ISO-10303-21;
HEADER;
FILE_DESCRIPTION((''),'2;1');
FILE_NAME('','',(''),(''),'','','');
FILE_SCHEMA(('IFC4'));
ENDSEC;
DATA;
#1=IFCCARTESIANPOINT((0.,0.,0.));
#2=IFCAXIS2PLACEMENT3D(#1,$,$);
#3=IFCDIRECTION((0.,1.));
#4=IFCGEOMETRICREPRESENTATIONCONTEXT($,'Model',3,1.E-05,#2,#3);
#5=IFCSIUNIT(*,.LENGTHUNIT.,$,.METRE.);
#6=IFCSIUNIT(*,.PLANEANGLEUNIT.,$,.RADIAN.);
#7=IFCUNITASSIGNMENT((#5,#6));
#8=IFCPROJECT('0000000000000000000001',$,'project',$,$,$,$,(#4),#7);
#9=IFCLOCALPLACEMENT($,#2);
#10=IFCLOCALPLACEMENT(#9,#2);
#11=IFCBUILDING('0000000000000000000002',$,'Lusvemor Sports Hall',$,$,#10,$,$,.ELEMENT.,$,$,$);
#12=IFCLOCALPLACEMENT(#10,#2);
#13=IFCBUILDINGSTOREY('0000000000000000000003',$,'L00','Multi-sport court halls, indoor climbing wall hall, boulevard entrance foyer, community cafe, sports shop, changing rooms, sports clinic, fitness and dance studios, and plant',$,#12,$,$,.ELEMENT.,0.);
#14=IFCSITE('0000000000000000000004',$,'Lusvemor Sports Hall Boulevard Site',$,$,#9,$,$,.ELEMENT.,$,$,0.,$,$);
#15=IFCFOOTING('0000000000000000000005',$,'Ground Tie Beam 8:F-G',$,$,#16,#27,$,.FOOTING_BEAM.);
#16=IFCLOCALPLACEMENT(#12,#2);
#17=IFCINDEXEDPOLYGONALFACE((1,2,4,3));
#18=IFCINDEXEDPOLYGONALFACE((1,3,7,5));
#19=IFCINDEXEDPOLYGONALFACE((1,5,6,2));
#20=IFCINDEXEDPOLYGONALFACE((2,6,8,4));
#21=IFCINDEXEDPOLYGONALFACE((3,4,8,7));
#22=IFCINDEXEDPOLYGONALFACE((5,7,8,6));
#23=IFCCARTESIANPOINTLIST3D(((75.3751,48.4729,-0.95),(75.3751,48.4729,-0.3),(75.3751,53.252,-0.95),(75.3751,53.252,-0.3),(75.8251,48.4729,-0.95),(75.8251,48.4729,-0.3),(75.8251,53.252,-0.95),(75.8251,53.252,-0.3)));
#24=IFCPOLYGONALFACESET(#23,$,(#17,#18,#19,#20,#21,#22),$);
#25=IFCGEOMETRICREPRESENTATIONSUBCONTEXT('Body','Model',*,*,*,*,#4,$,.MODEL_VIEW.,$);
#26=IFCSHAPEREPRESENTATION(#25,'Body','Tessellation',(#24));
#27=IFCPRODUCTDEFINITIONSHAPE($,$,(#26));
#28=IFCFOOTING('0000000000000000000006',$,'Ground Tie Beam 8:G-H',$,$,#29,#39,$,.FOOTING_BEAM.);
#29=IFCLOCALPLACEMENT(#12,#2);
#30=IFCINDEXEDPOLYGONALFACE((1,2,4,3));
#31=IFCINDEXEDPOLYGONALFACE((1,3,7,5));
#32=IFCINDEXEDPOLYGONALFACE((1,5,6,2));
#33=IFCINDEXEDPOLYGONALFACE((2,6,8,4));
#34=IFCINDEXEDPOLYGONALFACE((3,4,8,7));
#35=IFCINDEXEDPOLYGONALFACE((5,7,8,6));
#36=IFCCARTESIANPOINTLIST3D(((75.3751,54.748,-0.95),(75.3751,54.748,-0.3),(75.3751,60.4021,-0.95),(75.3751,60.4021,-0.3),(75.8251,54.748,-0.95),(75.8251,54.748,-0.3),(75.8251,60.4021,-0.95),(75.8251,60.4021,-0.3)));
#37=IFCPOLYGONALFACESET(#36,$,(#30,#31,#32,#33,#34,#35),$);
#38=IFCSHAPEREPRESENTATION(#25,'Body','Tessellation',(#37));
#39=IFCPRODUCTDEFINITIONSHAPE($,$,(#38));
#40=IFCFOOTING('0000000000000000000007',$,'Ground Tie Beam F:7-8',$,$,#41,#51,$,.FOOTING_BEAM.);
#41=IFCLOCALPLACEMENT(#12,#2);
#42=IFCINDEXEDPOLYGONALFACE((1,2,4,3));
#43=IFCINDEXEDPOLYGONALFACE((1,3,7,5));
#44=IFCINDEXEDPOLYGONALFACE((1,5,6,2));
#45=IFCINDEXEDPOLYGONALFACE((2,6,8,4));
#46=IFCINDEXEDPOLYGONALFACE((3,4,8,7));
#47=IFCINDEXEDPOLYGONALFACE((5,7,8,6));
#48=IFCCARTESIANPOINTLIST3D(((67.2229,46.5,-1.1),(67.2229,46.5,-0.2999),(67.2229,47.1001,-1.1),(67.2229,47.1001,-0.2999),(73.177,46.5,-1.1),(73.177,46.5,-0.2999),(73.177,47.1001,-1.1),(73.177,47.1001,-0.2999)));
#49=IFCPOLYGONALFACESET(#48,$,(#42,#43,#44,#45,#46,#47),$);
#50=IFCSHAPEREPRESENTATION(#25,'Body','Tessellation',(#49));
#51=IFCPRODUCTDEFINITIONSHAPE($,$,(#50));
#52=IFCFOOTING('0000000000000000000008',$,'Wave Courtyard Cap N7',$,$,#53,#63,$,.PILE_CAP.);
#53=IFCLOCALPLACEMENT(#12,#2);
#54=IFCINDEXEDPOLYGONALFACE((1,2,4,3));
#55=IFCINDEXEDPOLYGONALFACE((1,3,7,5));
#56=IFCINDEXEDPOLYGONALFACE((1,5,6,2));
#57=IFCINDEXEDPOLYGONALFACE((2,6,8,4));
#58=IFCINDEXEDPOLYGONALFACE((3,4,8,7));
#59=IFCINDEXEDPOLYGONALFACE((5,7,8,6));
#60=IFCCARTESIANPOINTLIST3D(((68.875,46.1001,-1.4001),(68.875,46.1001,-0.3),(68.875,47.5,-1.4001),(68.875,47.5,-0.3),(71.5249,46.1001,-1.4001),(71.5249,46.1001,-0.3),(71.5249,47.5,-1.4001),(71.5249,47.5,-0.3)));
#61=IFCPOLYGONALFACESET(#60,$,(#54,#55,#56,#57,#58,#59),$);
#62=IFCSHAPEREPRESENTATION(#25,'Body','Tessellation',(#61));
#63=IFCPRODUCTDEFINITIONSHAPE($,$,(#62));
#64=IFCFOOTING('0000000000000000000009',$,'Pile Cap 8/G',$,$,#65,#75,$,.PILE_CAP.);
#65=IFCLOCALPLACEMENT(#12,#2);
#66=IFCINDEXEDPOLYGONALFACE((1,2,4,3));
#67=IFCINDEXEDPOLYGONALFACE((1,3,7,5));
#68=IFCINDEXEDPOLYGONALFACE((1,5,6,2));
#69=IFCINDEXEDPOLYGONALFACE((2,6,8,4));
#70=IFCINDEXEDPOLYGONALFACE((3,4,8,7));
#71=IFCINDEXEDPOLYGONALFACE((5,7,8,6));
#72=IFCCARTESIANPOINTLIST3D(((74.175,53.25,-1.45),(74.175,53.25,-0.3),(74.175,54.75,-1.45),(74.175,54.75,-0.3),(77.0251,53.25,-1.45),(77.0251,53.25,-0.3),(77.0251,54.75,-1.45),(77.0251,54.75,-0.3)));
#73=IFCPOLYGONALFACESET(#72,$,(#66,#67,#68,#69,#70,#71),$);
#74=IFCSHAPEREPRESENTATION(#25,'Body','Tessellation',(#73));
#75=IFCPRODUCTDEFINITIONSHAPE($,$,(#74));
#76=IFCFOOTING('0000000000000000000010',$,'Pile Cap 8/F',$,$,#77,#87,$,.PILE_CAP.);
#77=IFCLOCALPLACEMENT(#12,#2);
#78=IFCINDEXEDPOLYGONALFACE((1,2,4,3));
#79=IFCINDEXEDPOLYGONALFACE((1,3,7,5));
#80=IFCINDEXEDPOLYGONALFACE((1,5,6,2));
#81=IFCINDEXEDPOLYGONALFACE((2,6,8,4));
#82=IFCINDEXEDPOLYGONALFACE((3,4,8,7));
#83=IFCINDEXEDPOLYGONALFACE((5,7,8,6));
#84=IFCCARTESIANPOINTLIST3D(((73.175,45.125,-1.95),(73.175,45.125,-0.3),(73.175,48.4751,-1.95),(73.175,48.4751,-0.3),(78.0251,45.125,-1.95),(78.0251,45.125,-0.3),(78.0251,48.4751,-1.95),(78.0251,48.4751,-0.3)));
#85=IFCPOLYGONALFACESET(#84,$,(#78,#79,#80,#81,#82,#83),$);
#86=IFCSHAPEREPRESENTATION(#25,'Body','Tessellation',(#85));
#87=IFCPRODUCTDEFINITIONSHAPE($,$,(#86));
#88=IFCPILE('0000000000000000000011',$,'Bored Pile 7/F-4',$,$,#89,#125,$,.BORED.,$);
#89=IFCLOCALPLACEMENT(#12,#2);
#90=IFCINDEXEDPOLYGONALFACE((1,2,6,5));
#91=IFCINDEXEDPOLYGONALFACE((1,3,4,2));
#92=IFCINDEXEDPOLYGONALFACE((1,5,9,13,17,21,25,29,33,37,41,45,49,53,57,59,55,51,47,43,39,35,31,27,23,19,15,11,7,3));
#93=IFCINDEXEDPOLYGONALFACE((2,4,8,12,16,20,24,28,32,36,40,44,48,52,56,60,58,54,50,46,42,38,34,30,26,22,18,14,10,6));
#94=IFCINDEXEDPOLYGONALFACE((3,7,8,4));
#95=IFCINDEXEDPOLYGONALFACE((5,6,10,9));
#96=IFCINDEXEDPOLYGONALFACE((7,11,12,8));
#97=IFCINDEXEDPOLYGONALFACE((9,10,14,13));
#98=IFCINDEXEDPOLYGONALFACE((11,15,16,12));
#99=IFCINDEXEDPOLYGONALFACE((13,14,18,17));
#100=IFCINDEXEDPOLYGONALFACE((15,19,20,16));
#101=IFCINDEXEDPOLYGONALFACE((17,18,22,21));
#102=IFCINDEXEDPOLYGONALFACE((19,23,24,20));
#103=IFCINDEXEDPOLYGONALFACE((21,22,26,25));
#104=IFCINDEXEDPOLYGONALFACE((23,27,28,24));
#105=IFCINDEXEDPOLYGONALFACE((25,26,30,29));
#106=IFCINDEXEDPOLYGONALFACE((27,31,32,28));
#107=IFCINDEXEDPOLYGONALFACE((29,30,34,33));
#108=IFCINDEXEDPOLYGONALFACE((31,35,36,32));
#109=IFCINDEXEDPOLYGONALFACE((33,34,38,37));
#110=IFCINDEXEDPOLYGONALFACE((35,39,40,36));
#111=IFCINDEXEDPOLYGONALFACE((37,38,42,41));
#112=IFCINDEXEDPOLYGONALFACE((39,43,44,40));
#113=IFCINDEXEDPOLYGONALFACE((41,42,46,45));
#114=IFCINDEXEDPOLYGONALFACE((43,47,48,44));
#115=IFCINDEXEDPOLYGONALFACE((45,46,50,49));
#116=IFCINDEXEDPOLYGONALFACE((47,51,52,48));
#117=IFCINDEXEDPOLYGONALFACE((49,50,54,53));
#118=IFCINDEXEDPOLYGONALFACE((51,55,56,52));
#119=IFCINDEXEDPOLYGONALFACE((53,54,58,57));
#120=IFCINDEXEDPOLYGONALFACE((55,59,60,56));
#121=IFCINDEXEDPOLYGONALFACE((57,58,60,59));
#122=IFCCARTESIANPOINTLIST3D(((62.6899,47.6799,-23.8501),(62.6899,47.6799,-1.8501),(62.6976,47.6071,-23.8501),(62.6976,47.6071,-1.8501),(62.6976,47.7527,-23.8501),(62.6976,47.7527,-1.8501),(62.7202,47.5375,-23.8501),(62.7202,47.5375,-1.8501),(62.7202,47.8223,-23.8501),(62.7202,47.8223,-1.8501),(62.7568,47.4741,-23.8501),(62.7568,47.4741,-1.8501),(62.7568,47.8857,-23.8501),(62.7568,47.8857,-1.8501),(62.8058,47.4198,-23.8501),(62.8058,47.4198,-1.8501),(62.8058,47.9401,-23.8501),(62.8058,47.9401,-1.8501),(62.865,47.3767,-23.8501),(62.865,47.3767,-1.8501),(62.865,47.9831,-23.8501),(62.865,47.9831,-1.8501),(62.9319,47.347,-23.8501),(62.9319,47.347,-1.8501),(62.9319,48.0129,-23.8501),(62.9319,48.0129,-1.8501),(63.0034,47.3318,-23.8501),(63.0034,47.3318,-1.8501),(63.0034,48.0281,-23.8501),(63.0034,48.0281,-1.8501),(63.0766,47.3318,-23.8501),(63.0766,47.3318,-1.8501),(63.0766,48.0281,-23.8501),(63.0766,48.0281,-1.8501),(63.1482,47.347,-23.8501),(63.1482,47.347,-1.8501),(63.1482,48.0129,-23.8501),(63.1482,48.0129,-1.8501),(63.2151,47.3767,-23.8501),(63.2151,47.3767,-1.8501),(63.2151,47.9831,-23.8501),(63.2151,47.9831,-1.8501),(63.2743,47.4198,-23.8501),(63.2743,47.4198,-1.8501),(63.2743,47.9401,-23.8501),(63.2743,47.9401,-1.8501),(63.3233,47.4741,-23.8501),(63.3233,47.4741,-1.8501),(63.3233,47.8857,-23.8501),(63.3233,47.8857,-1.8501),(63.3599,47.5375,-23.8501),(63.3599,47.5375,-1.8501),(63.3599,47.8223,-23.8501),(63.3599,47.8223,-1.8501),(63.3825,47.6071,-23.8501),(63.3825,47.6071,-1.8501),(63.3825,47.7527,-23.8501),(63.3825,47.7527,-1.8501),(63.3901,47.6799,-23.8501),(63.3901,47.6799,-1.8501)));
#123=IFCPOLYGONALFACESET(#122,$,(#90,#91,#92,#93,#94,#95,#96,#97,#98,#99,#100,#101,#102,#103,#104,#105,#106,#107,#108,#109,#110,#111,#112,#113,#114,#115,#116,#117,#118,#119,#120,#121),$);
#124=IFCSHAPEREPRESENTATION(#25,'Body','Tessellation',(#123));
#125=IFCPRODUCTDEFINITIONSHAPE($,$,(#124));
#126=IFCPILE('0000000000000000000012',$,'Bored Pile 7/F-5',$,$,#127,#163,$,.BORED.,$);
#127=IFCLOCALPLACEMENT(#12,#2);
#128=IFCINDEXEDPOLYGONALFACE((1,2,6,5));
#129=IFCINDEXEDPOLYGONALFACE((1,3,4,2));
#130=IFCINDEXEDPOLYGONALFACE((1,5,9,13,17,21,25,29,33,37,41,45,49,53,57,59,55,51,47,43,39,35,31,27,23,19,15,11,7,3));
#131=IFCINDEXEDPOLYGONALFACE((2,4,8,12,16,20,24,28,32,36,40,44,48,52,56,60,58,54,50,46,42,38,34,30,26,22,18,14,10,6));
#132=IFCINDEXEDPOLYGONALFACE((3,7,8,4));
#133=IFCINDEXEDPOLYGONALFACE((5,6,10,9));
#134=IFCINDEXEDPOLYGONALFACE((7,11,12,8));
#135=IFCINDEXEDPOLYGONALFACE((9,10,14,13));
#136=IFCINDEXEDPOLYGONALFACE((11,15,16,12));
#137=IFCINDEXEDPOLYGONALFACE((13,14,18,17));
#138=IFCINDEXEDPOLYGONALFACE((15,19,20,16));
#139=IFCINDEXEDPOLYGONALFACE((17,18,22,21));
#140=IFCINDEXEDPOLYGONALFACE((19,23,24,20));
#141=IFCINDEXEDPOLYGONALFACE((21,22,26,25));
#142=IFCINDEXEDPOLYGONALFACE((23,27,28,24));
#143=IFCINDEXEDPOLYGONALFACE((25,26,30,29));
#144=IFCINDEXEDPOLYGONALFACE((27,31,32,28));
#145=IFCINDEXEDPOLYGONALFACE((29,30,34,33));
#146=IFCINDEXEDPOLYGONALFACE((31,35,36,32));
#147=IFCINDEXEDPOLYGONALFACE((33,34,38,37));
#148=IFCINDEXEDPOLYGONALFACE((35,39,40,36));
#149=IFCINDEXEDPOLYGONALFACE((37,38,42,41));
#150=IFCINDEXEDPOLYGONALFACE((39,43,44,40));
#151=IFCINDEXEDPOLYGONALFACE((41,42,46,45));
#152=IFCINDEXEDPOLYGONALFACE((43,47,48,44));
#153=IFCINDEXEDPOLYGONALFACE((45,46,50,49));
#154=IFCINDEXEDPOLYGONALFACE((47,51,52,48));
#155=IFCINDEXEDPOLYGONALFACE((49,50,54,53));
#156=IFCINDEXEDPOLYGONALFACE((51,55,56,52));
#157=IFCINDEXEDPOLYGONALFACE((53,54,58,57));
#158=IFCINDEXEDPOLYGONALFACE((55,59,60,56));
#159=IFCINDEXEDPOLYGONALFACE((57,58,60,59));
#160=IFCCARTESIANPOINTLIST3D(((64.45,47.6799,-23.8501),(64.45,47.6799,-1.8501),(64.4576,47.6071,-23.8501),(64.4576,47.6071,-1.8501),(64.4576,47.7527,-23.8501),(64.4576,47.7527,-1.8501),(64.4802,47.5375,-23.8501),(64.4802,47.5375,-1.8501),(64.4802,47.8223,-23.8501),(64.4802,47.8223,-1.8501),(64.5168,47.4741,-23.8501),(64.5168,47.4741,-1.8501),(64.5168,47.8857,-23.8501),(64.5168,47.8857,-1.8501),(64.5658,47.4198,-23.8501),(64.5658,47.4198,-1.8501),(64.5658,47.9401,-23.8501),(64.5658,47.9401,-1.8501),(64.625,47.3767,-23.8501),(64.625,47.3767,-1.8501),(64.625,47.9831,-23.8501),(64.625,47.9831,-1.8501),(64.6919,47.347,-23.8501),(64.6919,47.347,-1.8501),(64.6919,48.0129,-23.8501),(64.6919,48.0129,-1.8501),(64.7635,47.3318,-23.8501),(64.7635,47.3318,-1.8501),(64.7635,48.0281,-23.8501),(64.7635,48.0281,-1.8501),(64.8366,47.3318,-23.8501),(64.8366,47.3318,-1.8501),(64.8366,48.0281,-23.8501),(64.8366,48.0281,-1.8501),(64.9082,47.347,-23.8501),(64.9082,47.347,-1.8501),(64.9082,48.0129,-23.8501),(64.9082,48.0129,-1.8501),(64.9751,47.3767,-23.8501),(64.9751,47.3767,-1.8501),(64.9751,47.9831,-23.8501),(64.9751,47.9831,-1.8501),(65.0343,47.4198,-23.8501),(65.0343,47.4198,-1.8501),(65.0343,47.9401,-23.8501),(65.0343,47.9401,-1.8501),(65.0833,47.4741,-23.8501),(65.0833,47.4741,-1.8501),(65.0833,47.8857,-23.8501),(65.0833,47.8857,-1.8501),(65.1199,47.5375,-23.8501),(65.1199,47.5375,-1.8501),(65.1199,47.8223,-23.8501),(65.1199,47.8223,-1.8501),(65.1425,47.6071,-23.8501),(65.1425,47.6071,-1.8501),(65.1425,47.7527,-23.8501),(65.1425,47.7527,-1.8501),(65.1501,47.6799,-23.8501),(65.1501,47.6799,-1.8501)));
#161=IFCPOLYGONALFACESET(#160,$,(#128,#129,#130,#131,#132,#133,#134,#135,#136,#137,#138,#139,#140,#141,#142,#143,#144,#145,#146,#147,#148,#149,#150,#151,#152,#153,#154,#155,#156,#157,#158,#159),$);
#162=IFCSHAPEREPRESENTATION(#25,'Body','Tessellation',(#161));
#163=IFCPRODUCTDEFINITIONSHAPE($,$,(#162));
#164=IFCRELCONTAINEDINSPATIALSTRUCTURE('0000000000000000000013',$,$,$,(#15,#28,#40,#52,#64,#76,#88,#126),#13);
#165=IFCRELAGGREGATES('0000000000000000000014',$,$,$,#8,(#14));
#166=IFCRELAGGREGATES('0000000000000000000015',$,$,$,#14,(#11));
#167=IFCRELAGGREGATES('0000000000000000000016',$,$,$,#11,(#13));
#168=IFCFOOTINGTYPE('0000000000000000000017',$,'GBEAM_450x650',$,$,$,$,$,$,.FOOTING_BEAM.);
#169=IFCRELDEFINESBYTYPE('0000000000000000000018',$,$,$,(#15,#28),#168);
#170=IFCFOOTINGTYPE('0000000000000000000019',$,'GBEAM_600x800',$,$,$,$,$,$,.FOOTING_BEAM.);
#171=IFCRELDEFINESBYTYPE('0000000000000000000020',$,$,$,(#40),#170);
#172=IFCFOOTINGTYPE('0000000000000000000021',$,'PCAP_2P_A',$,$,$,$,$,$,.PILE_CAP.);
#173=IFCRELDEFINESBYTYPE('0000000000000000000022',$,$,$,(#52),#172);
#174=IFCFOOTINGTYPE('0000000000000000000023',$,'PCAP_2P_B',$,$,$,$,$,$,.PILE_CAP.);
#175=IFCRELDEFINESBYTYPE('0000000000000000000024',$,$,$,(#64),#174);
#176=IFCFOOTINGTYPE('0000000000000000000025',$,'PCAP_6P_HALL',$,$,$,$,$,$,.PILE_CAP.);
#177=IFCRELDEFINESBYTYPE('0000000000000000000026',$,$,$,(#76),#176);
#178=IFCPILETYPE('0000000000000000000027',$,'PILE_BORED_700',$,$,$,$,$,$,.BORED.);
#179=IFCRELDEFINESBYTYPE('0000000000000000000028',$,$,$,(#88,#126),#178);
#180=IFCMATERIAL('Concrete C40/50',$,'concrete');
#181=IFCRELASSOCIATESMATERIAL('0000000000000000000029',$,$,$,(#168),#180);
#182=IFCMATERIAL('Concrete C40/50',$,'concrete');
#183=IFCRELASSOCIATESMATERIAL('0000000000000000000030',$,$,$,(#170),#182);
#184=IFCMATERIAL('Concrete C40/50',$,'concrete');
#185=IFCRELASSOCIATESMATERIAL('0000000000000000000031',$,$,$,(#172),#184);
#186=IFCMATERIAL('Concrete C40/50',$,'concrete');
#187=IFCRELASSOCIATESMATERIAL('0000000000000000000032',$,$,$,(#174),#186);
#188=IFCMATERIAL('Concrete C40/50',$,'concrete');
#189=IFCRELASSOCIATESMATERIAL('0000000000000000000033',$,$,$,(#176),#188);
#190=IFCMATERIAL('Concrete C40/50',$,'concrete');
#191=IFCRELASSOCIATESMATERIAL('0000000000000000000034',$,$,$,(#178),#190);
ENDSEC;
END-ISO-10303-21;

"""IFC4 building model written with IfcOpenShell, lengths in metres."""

from ifc_helpers import new_model, si_unit, direction, frame, origin, origin_2d, place, context, subcontext, project, spatial, rectangle, circle, extrude, material, material_profile, profile_set, type_object, element, save


model = new_model("IFC4")

# Units and contexts
model_context = context("Model", 3, precision=1e-05, world=origin(), true_north=direction((0.0, 1.0)))
body_context = subcontext(model_context, "Body", "Model", "MODEL_VIEW")
ifc_project = project(units=[si_unit("LENGTHUNIT", "METRE"), si_unit("PLANEANGLEUNIT", "RADIAN")], contexts=[model_context])

# Site, building, storey
site_placement = place(None, origin())
site = spatial("IfcSite", under=ifc_project, at=site_placement, Name="Lusvemor Sports Hall Boulevard Site", CompositionType="ELEMENT", RefElevation=0.0)
building_placement = place(site_placement, origin())
building = spatial("IfcBuilding", under=site, at=building_placement, Name="Lusvemor Sports Hall", CompositionType="ELEMENT")
storey_placement = place(building_placement, origin())
storey = spatial("IfcBuildingStorey", under=building, at=storey_placement, Name="L00", Description="Multi-sport court halls, indoor climbing wall hall, boulevard entrance foyer, community cafe, sports shop, changing rooms, sports clinic, fitness and dance studios, and plant", CompositionType="ELEMENT", Elevation=0.0)

# Footings
ifc_material_1 = material(Name="Concrete C40/50", Category="concrete")
ifc_material_profile_1 = material_profile(ifc_material_1, rectangle(XDim=0.45, YDim=0.6499, at=origin_2d()), Name="GB_450x650")
ifc_profile_set_1 = profile_set([ifc_material_profile_1], Name="Concrete C40/50")
footing_type_1 = type_object("IfcFootingType", Name="GBEAM_450x650", PredefinedType="FOOTING_BEAM", material=ifc_profile_set_1)
footing_1_placement = place(storey_placement, frame((75.6001, 48.4729, -0.625), z_axis=(0.0, 1.0, 0.0), x_axis=(-1.0, 0.0, 0.0)))
element("IfcFooting", 1, at=footing_1_placement, inside=storey, type_object=footing_type_1, Name="Ground Tie Beam 8:F-G", PredefinedType="FOOTING_BEAM", context=body_context, shape_type="SweptSolid", body=[
    extrude(rectangle(XDim=0.45, YDim=0.6499, at=origin_2d()), origin(), (0.0, 0.0, 1.0), 4.7791),
])
footing_2_placement = place(storey_placement, frame((75.6001, 54.748, -0.625), z_axis=(0.0, 1.0, 0.0), x_axis=(-1.0, 0.0, 0.0)))
element("IfcFooting", 2, at=footing_2_placement, inside=storey, type_object=footing_type_1, Name="Ground Tie Beam 8:G-H", PredefinedType="FOOTING_BEAM", context=body_context, shape_type="SweptSolid", body=[
    extrude(rectangle(XDim=0.45, YDim=0.6499, at=origin_2d()), origin(), (0.0, 0.0, 1.0), 5.6541),
])
ifc_material_2 = material(Name="Concrete C40/50", Category="concrete")
ifc_material_profile_2 = material_profile(ifc_material_2, rectangle(XDim=0.6001, YDim=0.8, at=origin_2d()), Name="GB_600x800")
ifc_profile_set_2 = profile_set([ifc_material_profile_2], Name="Concrete C40/50")
footing_type_2 = type_object("IfcFootingType", Name="GBEAM_600x800", PredefinedType="FOOTING_BEAM", material=ifc_profile_set_2)
footing_3_placement = place(storey_placement, frame((67.2229, 46.8, -0.7), z_axis=(1.0, 0.0, 0.0), x_axis=(0.0, 1.0, 0.0)))
element("IfcFooting", 3, at=footing_3_placement, inside=storey, type_object=footing_type_2, Name="Ground Tie Beam F:7-8", PredefinedType="FOOTING_BEAM", context=body_context, shape_type="SweptSolid", body=[
    extrude(rectangle(XDim=0.6001, YDim=0.8, at=origin_2d()), origin(), (0.0, 0.0, 1.0), 5.9541),
])
ifc_material_3 = material(Name="Concrete C40/50", Category="concrete")
footing_type_3 = type_object("IfcFootingType", Name="PCAP_2P_A", PredefinedType="PILE_CAP", material=ifc_material_3)
footing_4_placement = place(storey_placement, frame((70.2, 46.8, -1.4001), z_axis=(0.0, 0.0, 1.0), x_axis=(1.0, 0.0, 0.0)))
element("IfcFooting", 4, at=footing_4_placement, inside=storey, type_object=footing_type_3, Name="Wave Courtyard Cap N7", PredefinedType="PILE_CAP", context=body_context, shape_type="SweptSolid", body=[
    extrude(rectangle(XDim=2.6499, YDim=1.3999, at=origin_2d()), origin(), (0.0, 0.0, 1.0), 1.1001),
])
ifc_material_4 = material(Name="Concrete C40/50", Category="concrete")
footing_type_4 = type_object("IfcFootingType", Name="PCAP_2P_B", PredefinedType="PILE_CAP", material=ifc_material_4)
footing_5_placement = place(storey_placement, frame((75.6001, 54.0, -1.45), z_axis=(0.0, 0.0, 1.0), x_axis=(1.0, 0.0, 0.0)))
element("IfcFooting", 5, at=footing_5_placement, inside=storey, type_object=footing_type_4, Name="Pile Cap 8/G", PredefinedType="PILE_CAP", context=body_context, shape_type="SweptSolid", body=[
    extrude(rectangle(XDim=2.8501, YDim=1.5, at=origin_2d()), origin(), (0.0, 0.0, 1.0), 1.1499),
])
ifc_material_5 = material(Name="Concrete C40/50", Category="concrete")
footing_type_5 = type_object("IfcFootingType", Name="PCAP_6P_HALL", PredefinedType="PILE_CAP", material=ifc_material_5)
footing_6_placement = place(storey_placement, frame((75.6001, 46.8, -1.95), z_axis=(0.0, 0.0, 1.0), x_axis=(1.0, 0.0, 0.0)))
element("IfcFooting", 6, at=footing_6_placement, inside=storey, type_object=footing_type_5, Name="Pile Cap 8/F", PredefinedType="PILE_CAP", context=body_context, shape_type="SweptSolid", body=[
    extrude(rectangle(XDim=4.8501, YDim=3.3501, at=origin_2d()), origin(), (0.0, 0.0, 1.0), 1.6499),
])

# Piles
ifc_material_6 = material(Name="Concrete C40/50", Category="concrete")
ifc_material_profile_3 = material_profile(ifc_material_6, circle(Radius=0.3501, at=origin_2d()), Name="PILE700")
ifc_profile_set_3 = profile_set([ifc_material_profile_3], Name="Concrete C40/50")
pile_type = type_object("IfcPileType", Name="PILE_BORED_700", PredefinedType="BORED", material=ifc_profile_set_3)
for number, where, z_axis, x_axis, name in (
    (7, (63.04, 47.6799, -1.8501), (0.0, 0.0, -1.0), (1.0, 0.0, 0.0), "Bored Pile 7/F-4"),
    (8, (64.8, 47.6799, -1.8501), (0.0, 0.0, -1.0), (1.0, 0.0, 0.0), "Bored Pile 7/F-5"),
):
    element("IfcPile", number, at=place(storey_placement, frame(where, z_axis=z_axis, x_axis=x_axis)), inside=storey, type_object=pile_type, Name=name, PredefinedType="BORED", context=body_context, shape_type="SweptSolid", body=[
        extrude(circle(Radius=0.3501, at=origin_2d()), origin(), (0.0, 0.0, 1.0), 22.0),
    ])

save(model, "model.ifc")
